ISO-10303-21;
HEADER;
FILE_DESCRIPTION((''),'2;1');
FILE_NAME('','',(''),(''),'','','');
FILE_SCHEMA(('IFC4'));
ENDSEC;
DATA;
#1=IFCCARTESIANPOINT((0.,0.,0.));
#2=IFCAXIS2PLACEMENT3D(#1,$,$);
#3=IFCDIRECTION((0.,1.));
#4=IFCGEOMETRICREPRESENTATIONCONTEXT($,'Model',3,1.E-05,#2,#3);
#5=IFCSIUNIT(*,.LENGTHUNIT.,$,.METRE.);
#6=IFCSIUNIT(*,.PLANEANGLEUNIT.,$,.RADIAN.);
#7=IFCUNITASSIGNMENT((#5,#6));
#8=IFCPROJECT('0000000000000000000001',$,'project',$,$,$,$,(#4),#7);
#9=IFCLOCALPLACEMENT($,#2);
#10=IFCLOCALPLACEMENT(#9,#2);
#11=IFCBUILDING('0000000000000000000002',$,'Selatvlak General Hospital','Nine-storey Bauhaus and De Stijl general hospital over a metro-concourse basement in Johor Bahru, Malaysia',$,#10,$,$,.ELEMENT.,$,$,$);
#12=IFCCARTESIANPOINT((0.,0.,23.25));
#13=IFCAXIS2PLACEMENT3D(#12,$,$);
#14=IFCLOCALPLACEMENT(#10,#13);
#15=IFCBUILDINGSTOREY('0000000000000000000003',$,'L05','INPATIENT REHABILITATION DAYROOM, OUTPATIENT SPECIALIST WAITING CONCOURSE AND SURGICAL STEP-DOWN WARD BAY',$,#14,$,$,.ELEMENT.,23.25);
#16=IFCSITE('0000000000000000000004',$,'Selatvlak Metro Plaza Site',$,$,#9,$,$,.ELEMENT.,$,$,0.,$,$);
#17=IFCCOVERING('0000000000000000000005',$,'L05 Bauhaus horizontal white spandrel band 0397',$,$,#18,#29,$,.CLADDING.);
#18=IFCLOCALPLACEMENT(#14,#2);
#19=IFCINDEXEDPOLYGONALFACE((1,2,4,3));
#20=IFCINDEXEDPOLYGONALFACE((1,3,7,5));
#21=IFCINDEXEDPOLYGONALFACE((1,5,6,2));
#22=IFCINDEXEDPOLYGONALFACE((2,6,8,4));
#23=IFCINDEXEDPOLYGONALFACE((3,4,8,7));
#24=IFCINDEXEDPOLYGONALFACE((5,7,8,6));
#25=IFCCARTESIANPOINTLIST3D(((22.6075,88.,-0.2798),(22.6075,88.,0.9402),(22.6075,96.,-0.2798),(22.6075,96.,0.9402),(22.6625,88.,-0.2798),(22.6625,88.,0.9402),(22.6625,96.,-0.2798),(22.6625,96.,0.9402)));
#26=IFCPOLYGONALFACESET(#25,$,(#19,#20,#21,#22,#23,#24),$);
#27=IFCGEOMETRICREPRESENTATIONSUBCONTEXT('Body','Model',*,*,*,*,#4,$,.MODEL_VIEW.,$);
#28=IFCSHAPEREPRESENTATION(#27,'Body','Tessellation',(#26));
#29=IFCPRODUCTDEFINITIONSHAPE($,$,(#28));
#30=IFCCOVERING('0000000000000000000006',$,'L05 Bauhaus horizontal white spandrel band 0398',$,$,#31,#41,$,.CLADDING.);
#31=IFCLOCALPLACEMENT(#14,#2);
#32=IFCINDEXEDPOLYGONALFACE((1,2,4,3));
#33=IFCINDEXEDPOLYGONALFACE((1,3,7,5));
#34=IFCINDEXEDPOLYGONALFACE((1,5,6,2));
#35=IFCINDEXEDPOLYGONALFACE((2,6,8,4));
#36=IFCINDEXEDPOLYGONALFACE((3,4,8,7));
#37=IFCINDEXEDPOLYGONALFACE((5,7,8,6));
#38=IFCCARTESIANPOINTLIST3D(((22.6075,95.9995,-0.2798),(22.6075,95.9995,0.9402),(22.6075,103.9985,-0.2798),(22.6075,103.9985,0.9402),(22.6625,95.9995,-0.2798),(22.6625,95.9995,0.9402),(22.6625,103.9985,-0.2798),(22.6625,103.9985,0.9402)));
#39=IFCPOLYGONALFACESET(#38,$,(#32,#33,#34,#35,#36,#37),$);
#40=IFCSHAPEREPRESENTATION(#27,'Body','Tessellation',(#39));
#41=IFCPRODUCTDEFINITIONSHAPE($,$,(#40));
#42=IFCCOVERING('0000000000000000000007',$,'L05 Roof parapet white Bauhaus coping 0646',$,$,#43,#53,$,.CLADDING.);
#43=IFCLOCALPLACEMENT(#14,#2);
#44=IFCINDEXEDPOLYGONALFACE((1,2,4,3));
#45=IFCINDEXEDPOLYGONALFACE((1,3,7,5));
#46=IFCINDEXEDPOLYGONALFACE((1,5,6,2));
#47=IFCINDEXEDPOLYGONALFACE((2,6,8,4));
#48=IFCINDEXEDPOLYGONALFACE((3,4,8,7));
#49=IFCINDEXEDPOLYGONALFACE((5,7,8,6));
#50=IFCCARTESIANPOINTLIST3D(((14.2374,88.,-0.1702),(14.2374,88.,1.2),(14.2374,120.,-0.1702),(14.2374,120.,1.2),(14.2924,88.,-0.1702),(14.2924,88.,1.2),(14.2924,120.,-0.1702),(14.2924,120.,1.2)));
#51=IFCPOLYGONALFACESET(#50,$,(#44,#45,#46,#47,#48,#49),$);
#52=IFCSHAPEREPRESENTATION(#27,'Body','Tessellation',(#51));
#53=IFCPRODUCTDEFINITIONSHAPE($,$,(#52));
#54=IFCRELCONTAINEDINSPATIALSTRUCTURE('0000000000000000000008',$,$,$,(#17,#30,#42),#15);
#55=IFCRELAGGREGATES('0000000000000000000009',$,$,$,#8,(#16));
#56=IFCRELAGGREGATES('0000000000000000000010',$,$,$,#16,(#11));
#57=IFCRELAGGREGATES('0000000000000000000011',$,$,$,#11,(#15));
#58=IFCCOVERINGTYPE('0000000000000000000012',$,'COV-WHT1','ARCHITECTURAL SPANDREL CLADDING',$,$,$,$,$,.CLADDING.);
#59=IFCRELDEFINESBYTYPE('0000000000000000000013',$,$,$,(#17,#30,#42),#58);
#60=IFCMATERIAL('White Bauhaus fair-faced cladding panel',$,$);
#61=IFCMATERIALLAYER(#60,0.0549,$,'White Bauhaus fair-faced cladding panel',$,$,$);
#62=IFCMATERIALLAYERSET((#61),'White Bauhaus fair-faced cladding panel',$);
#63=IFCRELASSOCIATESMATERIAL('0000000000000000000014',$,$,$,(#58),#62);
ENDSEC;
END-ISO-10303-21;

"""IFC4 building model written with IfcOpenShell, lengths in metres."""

from ifc_helpers import new_model, si_unit, direction, frame, origin, origin_2d, place, context, subcontext, project, spatial, rectangle, extrude, material, layer, layer_set, type_object, element, save


model = new_model("IFC4")

# Units and contexts
model_context = context("Model", 3, precision=1e-05, world=origin(), true_north=direction((0.0, 1.0)))
body_context = subcontext(model_context, "Body", "Model", "MODEL_VIEW")
ifc_project = project(units=[si_unit("LENGTHUNIT", "METRE"), si_unit("PLANEANGLEUNIT", "RADIAN")], contexts=[model_context])

# Site, building, storey
site_placement = place(None, origin())
site = spatial("IfcSite", under=ifc_project, at=site_placement, Name="Selatvlak Metro Plaza Site", CompositionType="ELEMENT", RefElevation=0.0)
building_placement = place(site_placement, origin())
building = spatial("IfcBuilding", under=site, at=building_placement, Name="Selatvlak General Hospital", Description="Nine-storey Bauhaus and De Stijl general hospital over a metro-concourse basement in Johor Bahru, Malaysia", CompositionType="ELEMENT")
storey_placement = place(building_placement, frame((0.0, 0.0, 23.25)))
storey = spatial("IfcBuildingStorey", under=building, at=storey_placement, Name="L05", Description="INPATIENT REHABILITATION DAYROOM, OUTPATIENT SPECIALIST WAITING CONCOURSE AND SURGICAL STEP-DOWN WARD BAY", CompositionType="ELEMENT", Elevation=23.25)

# Coverings
ifc_material_1 = material(Name="White Bauhaus fair-faced cladding panel")
ifc_layer_1 = layer(ifc_material_1, 0.0549, Name="White Bauhaus fair-faced cladding panel")
ifc_layer_set_1 = layer_set([ifc_layer_1], Name="White Bauhaus fair-faced cladding panel")
covering_type = type_object("IfcCoveringType", Name="COV-WHT1", Description="ARCHITECTURAL SPANDREL CLADDING", PredefinedType="CLADDING", material=ifc_layer_set_1)
covering_1_placement = place(storey_placement, frame((22.635, 92.0, -0.2798), z_axis=(0.0, 0.0, 1.0), x_axis=(0.0, 1.0, 0.0)))
element("IfcCovering", 1, at=covering_1_placement, inside=storey, type_object=covering_type, Name="L05 Bauhaus horizontal white spandrel band 0397", PredefinedType="CLADDING", context=body_context, shape_type="SweptSolid", body=[
    extrude(rectangle(XDim=8.0, YDim=0.0549, at=origin_2d()), origin(), (0.0, 0.0, 1.0), 1.22),
])
covering_2_placement = place(storey_placement, frame((22.635, 99.999, -0.2798), z_axis=(0.0, 0.0, 1.0), x_axis=(0.0, 1.0, 0.0)))
element("IfcCovering", 2, at=covering_2_placement, inside=storey, type_object=covering_type, Name="L05 Bauhaus horizontal white spandrel band 0398", PredefinedType="CLADDING", context=body_context, shape_type="SweptSolid", body=[
    extrude(rectangle(XDim=7.999, YDim=0.0549, at=origin_2d()), origin(), (0.0, 0.0, 1.0), 1.22),
])
covering_3_placement = place(storey_placement, frame((14.2649, 104.0, -0.1702), z_axis=(0.0, 0.0, 1.0), x_axis=(0.0, 1.0, 0.0)))
element("IfcCovering", 3, at=covering_3_placement, inside=storey, type_object=covering_type, Name="L05 Roof parapet white Bauhaus coping 0646", PredefinedType="CLADDING", context=body_context, shape_type="SweptSolid", body=[
    extrude(rectangle(XDim=32.0, YDim=0.0549, at=origin_2d()), origin(), (0.0, 0.0, 1.0), 1.3701),
])

save(model, "model.ifc")
